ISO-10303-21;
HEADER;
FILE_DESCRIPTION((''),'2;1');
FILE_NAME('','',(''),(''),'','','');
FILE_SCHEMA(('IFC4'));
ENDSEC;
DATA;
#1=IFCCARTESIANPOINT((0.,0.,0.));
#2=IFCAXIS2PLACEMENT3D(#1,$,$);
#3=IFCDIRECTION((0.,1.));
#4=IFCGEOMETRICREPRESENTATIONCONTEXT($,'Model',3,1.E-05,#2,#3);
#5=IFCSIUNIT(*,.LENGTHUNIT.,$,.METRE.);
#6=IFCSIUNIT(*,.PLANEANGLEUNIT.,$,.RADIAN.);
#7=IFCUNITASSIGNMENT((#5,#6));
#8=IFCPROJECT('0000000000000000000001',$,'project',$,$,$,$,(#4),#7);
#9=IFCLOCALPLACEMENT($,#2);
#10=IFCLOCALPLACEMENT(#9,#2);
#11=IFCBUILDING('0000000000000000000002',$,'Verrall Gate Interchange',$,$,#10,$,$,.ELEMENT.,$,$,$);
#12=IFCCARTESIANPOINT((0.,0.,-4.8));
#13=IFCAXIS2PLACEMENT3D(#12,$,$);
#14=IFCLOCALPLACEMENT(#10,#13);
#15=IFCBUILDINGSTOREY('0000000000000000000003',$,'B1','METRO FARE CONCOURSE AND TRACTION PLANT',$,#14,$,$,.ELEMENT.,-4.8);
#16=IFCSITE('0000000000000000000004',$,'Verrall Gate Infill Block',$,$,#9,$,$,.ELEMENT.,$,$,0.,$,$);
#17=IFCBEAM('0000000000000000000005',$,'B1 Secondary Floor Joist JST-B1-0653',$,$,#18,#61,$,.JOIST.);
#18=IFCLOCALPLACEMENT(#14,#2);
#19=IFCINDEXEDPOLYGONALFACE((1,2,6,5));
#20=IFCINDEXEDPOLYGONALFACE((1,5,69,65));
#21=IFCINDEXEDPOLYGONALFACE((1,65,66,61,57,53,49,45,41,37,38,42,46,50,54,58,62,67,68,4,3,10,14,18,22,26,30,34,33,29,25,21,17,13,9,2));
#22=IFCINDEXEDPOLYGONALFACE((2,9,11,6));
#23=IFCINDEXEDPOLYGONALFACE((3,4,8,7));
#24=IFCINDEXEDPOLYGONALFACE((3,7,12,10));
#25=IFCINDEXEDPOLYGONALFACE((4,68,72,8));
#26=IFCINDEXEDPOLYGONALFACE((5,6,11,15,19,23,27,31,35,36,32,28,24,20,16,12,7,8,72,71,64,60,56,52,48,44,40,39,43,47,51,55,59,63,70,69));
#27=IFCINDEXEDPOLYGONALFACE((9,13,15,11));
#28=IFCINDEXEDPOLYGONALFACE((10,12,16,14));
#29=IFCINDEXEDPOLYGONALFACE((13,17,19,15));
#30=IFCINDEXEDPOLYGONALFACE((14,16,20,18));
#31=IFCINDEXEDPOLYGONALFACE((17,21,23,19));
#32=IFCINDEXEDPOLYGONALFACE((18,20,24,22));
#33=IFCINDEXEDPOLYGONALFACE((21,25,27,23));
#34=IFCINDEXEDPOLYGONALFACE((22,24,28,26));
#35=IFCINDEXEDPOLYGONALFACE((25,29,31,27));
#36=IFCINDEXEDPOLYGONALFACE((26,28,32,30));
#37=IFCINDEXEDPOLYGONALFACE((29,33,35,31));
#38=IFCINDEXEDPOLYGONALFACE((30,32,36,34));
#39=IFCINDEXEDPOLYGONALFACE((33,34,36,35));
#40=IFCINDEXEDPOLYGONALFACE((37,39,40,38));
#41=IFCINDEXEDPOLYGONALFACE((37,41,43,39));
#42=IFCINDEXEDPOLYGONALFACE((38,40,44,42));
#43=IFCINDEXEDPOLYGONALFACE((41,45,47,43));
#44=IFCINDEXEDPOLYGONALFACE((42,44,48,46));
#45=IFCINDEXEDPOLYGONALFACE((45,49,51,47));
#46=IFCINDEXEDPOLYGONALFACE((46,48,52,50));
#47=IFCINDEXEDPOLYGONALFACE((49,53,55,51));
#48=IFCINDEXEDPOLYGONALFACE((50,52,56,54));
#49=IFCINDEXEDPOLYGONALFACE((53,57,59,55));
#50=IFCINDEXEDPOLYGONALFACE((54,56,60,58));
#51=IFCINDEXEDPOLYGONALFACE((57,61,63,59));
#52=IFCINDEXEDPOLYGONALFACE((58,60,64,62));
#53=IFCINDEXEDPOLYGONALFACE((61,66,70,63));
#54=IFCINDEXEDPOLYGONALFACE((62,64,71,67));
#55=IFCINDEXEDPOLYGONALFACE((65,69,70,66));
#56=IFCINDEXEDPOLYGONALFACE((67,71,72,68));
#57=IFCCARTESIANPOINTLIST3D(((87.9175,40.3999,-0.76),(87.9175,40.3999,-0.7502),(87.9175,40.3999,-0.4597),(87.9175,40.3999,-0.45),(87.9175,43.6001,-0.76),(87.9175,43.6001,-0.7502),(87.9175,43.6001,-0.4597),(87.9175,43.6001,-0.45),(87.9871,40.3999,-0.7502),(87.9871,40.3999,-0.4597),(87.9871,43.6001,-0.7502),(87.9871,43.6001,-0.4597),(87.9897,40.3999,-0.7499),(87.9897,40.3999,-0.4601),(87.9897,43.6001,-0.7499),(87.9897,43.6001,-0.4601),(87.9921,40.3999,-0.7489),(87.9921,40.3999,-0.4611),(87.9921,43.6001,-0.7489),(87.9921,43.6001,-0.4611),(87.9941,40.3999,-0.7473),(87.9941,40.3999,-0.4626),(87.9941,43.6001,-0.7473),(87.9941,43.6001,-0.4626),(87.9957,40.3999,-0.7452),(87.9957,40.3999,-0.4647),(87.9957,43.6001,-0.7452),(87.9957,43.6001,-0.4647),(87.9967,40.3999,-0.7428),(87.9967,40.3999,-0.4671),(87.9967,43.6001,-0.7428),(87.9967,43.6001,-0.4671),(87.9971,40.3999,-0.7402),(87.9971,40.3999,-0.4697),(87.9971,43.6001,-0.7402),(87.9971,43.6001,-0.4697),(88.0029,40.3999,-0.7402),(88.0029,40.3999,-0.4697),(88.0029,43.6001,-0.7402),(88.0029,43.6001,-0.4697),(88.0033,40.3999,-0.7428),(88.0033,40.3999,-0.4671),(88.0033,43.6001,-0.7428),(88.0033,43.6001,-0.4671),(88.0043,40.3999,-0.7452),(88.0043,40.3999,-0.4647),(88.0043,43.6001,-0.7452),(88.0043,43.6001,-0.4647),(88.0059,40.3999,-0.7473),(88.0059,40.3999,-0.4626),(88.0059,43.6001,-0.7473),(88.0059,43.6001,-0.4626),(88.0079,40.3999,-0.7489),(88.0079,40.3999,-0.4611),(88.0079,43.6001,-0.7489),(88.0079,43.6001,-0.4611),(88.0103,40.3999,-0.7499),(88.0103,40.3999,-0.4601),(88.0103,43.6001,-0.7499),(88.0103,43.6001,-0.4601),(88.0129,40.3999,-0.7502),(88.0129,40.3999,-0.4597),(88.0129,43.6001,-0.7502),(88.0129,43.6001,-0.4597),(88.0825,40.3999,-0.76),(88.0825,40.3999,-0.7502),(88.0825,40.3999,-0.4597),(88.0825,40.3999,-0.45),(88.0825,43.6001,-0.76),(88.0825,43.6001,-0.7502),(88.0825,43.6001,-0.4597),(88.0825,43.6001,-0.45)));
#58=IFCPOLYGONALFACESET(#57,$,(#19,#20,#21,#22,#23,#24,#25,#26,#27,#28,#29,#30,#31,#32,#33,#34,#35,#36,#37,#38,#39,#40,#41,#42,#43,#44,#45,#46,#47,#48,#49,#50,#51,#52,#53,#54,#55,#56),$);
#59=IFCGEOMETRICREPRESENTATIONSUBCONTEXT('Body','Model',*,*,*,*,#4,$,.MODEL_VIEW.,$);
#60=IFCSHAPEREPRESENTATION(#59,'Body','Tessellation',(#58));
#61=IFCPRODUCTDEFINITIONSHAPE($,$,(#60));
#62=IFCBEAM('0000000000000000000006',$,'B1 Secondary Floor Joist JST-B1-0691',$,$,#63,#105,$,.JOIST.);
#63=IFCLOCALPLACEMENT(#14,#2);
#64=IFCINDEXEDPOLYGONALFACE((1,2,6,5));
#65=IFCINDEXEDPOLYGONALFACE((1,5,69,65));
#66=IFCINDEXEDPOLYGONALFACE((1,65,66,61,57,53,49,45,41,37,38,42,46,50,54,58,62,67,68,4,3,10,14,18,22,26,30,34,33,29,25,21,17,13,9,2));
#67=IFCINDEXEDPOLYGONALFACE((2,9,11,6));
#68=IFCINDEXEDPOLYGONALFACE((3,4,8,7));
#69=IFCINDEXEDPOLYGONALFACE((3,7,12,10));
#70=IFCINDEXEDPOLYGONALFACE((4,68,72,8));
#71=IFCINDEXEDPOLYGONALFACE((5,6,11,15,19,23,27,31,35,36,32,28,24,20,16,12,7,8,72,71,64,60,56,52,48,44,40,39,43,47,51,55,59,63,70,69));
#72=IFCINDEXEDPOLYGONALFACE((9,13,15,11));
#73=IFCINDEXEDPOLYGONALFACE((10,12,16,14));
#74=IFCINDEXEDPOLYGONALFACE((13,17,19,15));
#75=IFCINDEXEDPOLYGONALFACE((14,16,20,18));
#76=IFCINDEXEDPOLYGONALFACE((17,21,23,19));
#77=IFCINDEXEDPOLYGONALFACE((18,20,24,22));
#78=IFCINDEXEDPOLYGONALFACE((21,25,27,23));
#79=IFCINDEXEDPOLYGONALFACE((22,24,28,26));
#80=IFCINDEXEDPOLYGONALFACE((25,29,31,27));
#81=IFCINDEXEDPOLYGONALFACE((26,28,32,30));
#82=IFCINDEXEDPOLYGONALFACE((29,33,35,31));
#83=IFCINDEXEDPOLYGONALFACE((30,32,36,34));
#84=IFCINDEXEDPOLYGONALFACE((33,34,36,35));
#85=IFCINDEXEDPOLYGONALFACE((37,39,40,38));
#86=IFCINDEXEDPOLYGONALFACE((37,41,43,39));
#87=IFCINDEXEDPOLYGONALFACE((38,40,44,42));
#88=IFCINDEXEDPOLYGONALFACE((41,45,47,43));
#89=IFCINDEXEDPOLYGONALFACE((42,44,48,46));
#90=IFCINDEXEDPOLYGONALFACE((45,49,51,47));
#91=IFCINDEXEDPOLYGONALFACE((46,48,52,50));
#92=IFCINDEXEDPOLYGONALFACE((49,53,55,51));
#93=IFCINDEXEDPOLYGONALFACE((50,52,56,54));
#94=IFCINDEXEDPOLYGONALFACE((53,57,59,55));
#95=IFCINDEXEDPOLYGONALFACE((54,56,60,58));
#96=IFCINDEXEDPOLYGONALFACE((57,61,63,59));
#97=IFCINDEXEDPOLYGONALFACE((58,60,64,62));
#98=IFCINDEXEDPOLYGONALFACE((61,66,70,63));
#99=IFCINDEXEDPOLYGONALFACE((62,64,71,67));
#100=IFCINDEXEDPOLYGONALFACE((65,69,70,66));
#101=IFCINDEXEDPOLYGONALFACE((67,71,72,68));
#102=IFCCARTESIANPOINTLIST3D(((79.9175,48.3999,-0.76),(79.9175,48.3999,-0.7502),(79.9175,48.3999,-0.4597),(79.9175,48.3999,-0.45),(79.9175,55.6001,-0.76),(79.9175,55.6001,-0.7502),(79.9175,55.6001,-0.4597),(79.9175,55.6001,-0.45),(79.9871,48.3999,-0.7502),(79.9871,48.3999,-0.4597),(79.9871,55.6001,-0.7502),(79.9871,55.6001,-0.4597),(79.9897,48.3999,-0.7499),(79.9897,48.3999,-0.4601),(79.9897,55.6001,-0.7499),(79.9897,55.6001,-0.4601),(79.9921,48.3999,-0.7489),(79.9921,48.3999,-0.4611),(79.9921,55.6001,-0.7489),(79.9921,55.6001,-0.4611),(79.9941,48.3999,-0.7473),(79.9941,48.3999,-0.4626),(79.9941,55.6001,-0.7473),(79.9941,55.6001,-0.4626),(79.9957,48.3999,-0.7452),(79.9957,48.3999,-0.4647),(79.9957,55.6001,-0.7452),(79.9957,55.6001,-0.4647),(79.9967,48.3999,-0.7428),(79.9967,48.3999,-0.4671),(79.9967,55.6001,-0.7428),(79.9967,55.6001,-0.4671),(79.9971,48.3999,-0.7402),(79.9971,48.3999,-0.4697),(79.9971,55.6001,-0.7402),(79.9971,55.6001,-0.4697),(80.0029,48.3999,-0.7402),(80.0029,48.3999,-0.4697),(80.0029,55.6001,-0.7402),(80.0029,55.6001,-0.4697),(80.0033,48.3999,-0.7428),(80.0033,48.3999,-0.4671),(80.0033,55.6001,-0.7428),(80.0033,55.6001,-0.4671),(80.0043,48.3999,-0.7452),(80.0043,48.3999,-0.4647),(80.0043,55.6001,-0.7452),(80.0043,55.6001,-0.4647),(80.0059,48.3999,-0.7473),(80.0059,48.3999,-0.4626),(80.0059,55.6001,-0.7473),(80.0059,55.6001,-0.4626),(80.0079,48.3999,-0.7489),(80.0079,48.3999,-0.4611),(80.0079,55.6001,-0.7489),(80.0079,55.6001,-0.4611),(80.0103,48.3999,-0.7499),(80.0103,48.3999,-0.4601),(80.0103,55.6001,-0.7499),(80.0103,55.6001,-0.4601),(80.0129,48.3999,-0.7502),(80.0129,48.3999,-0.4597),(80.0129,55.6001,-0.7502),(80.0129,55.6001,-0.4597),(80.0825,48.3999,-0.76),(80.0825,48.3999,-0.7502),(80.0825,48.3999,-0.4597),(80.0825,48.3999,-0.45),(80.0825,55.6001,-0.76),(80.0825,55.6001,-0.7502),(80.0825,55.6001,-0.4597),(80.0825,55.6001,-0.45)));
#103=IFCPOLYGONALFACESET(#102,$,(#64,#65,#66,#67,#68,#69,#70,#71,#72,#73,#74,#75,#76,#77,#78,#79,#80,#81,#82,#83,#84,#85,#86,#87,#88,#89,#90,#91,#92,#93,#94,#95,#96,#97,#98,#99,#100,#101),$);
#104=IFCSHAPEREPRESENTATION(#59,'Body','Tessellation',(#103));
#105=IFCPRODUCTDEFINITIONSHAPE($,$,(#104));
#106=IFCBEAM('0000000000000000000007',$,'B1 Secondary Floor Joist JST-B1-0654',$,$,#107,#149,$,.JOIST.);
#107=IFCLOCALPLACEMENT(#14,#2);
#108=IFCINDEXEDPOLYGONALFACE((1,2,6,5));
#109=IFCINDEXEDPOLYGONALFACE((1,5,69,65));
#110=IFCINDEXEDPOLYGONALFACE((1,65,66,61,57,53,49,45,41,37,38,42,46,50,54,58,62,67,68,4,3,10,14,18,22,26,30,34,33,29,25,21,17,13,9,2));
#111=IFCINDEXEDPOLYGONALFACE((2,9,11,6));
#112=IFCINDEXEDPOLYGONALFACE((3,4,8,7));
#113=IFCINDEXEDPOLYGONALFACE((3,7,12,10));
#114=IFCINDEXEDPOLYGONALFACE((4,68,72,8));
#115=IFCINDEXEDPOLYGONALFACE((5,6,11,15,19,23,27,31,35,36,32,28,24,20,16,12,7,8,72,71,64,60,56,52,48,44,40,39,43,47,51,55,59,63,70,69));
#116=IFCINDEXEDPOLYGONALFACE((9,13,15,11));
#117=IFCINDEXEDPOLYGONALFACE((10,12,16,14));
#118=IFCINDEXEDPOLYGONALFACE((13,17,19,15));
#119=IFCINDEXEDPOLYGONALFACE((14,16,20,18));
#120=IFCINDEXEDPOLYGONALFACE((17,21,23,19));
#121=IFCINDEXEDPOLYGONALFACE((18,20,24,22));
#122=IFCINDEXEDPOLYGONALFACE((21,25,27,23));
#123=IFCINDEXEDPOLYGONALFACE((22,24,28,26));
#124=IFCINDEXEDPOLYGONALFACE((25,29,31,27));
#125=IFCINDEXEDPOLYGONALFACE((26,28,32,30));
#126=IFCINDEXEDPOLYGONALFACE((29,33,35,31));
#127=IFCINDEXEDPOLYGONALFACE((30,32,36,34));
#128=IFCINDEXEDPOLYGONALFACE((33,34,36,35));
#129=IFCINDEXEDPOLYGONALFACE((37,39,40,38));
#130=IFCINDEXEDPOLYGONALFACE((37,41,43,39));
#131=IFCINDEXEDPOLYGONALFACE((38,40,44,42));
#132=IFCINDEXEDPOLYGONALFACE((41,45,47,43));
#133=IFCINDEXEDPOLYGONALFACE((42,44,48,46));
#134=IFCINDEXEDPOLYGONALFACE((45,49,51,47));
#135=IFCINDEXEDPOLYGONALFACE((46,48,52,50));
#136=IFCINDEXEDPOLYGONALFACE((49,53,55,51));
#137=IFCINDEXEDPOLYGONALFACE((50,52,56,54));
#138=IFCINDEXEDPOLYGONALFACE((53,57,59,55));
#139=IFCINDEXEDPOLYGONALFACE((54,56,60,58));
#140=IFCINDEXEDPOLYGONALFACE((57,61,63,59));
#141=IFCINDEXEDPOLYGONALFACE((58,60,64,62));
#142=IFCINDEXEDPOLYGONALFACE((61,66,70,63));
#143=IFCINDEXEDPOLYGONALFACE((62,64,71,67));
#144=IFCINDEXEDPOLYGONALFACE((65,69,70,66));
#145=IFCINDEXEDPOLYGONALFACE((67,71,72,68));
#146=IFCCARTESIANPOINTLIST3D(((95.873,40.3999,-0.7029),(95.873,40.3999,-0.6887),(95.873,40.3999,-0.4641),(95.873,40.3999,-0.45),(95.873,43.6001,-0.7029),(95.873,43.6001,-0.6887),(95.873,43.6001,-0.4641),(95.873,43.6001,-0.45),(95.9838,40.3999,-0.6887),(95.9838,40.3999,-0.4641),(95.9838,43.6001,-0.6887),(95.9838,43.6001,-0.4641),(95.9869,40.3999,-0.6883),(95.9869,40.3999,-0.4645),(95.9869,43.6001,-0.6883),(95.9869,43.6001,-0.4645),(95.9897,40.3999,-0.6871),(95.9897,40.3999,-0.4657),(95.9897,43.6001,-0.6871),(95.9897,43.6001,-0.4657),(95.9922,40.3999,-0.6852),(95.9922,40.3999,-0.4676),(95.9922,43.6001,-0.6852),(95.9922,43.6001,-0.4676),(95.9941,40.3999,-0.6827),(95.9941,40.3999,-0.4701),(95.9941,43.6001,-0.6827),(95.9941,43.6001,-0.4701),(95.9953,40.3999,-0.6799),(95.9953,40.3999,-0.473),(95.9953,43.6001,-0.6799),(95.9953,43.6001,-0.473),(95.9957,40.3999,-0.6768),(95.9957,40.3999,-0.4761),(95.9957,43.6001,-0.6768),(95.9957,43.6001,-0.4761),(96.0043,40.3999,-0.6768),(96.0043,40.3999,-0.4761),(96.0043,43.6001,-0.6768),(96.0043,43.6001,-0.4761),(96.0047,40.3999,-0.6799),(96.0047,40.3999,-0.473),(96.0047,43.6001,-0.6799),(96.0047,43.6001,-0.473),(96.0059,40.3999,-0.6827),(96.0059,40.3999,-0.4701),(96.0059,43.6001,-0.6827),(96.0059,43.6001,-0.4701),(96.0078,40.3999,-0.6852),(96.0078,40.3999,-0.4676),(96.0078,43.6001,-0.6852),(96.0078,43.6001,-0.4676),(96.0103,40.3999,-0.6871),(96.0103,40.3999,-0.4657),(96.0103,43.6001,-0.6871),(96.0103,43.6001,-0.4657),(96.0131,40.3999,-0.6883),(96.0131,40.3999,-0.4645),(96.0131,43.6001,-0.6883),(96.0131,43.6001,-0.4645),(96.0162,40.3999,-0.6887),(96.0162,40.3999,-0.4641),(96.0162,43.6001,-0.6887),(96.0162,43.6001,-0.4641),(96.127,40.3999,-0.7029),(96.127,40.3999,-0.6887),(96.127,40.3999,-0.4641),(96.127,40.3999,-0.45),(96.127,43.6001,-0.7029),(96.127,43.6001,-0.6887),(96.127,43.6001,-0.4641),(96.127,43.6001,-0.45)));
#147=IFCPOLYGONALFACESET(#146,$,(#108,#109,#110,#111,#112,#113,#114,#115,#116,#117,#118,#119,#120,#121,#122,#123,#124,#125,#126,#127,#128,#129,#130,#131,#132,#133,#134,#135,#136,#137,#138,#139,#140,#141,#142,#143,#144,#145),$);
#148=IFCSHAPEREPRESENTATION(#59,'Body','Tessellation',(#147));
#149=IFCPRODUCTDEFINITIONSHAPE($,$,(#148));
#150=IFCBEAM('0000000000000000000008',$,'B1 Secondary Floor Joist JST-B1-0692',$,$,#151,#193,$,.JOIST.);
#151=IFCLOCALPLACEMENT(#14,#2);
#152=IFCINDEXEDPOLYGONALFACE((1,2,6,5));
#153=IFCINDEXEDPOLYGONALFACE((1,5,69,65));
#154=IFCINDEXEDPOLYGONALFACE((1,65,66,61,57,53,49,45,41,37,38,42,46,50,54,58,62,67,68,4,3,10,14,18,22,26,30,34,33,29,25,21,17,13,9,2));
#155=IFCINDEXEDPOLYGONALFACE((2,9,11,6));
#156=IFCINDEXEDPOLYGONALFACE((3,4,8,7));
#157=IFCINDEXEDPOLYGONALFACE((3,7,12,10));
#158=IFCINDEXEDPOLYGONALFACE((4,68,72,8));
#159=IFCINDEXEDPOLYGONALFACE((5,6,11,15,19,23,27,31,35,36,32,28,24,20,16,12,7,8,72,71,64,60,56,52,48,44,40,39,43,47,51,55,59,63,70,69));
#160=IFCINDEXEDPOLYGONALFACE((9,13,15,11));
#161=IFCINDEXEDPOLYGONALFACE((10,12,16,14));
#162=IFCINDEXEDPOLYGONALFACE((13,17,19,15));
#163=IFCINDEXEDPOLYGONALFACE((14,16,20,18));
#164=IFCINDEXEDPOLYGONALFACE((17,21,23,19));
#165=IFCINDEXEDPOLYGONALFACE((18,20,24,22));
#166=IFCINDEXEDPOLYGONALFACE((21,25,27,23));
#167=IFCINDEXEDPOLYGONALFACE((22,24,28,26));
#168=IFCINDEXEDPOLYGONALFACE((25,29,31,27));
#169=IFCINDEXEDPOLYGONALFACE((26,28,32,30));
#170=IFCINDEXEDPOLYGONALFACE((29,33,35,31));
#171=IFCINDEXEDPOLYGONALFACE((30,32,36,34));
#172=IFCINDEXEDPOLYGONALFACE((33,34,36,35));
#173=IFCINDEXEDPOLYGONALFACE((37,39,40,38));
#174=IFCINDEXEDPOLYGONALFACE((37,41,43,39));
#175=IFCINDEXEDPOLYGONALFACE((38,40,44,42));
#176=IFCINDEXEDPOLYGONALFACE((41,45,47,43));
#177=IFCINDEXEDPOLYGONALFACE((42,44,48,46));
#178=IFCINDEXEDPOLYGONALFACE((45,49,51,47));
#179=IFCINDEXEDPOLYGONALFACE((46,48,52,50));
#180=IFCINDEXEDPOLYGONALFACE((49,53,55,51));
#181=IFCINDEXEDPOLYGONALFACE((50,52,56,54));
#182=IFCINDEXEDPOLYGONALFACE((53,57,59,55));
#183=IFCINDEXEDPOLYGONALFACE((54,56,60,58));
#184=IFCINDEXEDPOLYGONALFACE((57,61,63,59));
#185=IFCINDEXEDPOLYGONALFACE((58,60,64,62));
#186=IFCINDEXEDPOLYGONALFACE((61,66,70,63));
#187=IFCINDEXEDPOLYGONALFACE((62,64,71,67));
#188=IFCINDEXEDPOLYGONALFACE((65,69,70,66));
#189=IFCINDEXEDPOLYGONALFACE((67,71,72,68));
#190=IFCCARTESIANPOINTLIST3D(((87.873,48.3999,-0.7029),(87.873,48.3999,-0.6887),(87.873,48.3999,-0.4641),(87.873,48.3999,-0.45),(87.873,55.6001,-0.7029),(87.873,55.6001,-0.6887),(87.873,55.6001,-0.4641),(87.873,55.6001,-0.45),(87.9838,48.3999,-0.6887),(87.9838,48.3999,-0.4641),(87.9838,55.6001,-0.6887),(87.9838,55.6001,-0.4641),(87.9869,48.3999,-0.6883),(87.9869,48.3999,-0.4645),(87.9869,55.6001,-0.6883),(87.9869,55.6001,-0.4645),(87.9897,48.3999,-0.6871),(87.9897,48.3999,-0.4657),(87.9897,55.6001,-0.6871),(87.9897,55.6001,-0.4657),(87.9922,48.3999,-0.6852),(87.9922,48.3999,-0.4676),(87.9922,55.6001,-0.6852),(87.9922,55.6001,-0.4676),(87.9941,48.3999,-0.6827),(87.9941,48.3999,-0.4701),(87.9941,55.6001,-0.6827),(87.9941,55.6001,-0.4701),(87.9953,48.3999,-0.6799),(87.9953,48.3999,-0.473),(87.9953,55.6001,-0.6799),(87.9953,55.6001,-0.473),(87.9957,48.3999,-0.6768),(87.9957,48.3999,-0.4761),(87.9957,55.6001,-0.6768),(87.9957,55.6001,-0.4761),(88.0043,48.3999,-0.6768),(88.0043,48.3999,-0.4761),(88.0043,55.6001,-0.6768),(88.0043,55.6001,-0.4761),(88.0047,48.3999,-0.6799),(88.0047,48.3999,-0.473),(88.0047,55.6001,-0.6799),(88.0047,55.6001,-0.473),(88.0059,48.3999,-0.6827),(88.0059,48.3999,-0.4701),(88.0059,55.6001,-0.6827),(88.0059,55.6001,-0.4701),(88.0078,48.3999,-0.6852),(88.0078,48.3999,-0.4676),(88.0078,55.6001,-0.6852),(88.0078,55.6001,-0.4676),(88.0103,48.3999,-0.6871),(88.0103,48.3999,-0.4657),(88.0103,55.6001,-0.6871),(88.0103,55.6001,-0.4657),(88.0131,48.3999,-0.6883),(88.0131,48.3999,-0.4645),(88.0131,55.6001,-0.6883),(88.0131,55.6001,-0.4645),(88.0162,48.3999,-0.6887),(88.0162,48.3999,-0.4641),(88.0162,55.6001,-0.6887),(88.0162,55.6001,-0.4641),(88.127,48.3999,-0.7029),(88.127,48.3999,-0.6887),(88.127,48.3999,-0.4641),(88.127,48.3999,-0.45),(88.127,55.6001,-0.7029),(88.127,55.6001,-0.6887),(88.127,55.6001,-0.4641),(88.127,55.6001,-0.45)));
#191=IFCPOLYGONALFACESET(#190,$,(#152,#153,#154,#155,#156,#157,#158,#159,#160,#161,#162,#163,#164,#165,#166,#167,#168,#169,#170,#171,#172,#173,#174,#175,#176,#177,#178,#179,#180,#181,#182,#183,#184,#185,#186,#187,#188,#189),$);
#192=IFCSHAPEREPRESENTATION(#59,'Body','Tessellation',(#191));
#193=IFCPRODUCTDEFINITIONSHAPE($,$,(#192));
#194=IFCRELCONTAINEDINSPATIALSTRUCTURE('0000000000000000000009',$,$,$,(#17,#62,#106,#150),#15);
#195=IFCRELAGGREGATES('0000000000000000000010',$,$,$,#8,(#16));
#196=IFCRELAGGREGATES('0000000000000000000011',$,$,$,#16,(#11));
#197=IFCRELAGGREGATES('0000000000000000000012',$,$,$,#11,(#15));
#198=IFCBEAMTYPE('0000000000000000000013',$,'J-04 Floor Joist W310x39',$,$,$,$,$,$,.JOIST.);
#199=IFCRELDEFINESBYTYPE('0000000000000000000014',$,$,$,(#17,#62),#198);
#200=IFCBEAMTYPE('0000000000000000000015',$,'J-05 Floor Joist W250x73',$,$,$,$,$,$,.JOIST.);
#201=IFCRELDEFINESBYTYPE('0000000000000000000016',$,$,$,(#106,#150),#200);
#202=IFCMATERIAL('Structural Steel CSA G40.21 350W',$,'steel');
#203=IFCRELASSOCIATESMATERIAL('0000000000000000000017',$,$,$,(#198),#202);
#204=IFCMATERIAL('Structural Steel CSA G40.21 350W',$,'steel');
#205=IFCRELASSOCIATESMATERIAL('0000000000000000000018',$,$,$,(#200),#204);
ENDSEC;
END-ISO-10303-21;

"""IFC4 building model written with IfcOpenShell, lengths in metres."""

from ifc_helpers import new_model, si_unit, direction, frame, origin, origin_2d, place, context, subcontext, project, spatial, i_section, extrude, material, material_profile, profile_set, type_object, element, save


model = new_model("IFC4")

# Units and contexts
model_context = context("Model", 3, precision=1e-05, world=origin(), true_north=direction((0.0, 1.0)))
body_context = subcontext(model_context, "Body", "Model", "MODEL_VIEW")
ifc_project = project(units=[si_unit("LENGTHUNIT", "METRE"), si_unit("PLANEANGLEUNIT", "RADIAN")], contexts=[model_context])

# Site, building, storey
site_placement = place(None, origin())
site = spatial("IfcSite", under=ifc_project, at=site_placement, Name="Verrall Gate Infill Block", CompositionType="ELEMENT", RefElevation=0.0)
building_placement = place(site_placement, origin())
building = spatial("IfcBuilding", under=site, at=building_placement, Name="Verrall Gate Interchange", CompositionType="ELEMENT")
storey_placement = place(building_placement, frame((0.0, 0.0, -4.8)))
storey = spatial("IfcBuildingStorey", under=building, at=storey_placement, Name="B1", Description="METRO FARE CONCOURSE AND TRACTION PLANT", CompositionType="ELEMENT", Elevation=-4.8)

# Beams
ifc_material_1 = material(Name="Structural Steel CSA G40.21 350W", Category="steel")
ifc_material_profile_1 = material_profile(ifc_material_1, i_section(OverallWidth=0.165, OverallDepth=0.3101, WebThickness=0.0059, FlangeThickness=0.0098, FilletRadius=0.01, at=origin_2d()), Name="W310x39")
ifc_profile_set_1 = profile_set([ifc_material_profile_1], Name="Structural Steel CSA G40.21 350W")
beam_type_1 = type_object("IfcBeamType", Name="J-04 Floor Joist W310x39", PredefinedType="JOIST", material=ifc_profile_set_1)
beam_1_placement = place(storey_placement, frame((88.0, 40.3999, -0.605), z_axis=(0.0, 1.0, 0.0), x_axis=(-1.0, 0.0, 0.0)))
element("IfcBeam", 1, at=beam_1_placement, inside=storey, type_object=beam_type_1, Name="B1 Secondary Floor Joist JST-B1-0653", PredefinedType="JOIST", context=body_context, shape_type="SweptSolid", body=[
    extrude(i_section(OverallWidth=0.165, OverallDepth=0.3101, WebThickness=0.0059, FlangeThickness=0.0098, FilletRadius=0.01, at=origin_2d()), origin(), (0.0, 0.0, 1.0), 3.2002),
])
beam_2_placement = place(storey_placement, frame((80.0, 48.3999, -0.605), z_axis=(0.0, 1.0, 0.0), x_axis=(-1.0, 0.0, 0.0)))
element("IfcBeam", 2, at=beam_2_placement, inside=storey, type_object=beam_type_1, Name="B1 Secondary Floor Joist JST-B1-0691", PredefinedType="JOIST", context=body_context, shape_type="SweptSolid", body=[
    extrude(i_section(OverallWidth=0.165, OverallDepth=0.3101, WebThickness=0.0059, FlangeThickness=0.0098, FilletRadius=0.01, at=origin_2d()), origin(), (0.0, 0.0, 1.0), 7.2002),
])
ifc_material_2 = material(Name="Structural Steel CSA G40.21 350W", Category="steel")
ifc_material_profile_2 = material_profile(ifc_material_2, i_section(OverallWidth=0.2539, OverallDepth=0.2529, WebThickness=0.0085, FlangeThickness=0.0142, FilletRadius=0.012, at=origin_2d()), Name="W250x73")
ifc_profile_set_2 = profile_set([ifc_material_profile_2], Name="Structural Steel CSA G40.21 350W")
beam_type_2 = type_object("IfcBeamType", Name="J-05 Floor Joist W250x73", PredefinedType="JOIST", material=ifc_profile_set_2)
beam_3_placement = place(storey_placement, frame((96.0, 40.3999, -0.5764), z_axis=(0.0, 1.0, 0.0), x_axis=(-1.0, 0.0, 0.0)))
element("IfcBeam", 3, at=beam_3_placement, inside=storey, type_object=beam_type_2, Name="B1 Secondary Floor Joist JST-B1-0654", PredefinedType="JOIST", context=body_context, shape_type="SweptSolid", body=[
    extrude(i_section(OverallWidth=0.2539, OverallDepth=0.2529, WebThickness=0.0085, FlangeThickness=0.0142, FilletRadius=0.012, at=origin_2d()), origin(), (0.0, 0.0, 1.0), 3.2002),
])
beam_4_placement = place(storey_placement, frame((88.0, 48.3999, -0.5764), z_axis=(0.0, 1.0, 0.0), x_axis=(-1.0, 0.0, 0.0)))
element("IfcBeam", 4, at=beam_4_placement, inside=storey, type_object=beam_type_2, Name="B1 Secondary Floor Joist JST-B1-0692", PredefinedType="JOIST", context=body_context, shape_type="SweptSolid", body=[
    extrude(i_section(OverallWidth=0.2539, OverallDepth=0.2529, WebThickness=0.0085, FlangeThickness=0.0142, FilletRadius=0.012, at=origin_2d()), origin(), (0.0, 0.0, 1.0), 7.2002),
])

save(model, "model.ifc")
